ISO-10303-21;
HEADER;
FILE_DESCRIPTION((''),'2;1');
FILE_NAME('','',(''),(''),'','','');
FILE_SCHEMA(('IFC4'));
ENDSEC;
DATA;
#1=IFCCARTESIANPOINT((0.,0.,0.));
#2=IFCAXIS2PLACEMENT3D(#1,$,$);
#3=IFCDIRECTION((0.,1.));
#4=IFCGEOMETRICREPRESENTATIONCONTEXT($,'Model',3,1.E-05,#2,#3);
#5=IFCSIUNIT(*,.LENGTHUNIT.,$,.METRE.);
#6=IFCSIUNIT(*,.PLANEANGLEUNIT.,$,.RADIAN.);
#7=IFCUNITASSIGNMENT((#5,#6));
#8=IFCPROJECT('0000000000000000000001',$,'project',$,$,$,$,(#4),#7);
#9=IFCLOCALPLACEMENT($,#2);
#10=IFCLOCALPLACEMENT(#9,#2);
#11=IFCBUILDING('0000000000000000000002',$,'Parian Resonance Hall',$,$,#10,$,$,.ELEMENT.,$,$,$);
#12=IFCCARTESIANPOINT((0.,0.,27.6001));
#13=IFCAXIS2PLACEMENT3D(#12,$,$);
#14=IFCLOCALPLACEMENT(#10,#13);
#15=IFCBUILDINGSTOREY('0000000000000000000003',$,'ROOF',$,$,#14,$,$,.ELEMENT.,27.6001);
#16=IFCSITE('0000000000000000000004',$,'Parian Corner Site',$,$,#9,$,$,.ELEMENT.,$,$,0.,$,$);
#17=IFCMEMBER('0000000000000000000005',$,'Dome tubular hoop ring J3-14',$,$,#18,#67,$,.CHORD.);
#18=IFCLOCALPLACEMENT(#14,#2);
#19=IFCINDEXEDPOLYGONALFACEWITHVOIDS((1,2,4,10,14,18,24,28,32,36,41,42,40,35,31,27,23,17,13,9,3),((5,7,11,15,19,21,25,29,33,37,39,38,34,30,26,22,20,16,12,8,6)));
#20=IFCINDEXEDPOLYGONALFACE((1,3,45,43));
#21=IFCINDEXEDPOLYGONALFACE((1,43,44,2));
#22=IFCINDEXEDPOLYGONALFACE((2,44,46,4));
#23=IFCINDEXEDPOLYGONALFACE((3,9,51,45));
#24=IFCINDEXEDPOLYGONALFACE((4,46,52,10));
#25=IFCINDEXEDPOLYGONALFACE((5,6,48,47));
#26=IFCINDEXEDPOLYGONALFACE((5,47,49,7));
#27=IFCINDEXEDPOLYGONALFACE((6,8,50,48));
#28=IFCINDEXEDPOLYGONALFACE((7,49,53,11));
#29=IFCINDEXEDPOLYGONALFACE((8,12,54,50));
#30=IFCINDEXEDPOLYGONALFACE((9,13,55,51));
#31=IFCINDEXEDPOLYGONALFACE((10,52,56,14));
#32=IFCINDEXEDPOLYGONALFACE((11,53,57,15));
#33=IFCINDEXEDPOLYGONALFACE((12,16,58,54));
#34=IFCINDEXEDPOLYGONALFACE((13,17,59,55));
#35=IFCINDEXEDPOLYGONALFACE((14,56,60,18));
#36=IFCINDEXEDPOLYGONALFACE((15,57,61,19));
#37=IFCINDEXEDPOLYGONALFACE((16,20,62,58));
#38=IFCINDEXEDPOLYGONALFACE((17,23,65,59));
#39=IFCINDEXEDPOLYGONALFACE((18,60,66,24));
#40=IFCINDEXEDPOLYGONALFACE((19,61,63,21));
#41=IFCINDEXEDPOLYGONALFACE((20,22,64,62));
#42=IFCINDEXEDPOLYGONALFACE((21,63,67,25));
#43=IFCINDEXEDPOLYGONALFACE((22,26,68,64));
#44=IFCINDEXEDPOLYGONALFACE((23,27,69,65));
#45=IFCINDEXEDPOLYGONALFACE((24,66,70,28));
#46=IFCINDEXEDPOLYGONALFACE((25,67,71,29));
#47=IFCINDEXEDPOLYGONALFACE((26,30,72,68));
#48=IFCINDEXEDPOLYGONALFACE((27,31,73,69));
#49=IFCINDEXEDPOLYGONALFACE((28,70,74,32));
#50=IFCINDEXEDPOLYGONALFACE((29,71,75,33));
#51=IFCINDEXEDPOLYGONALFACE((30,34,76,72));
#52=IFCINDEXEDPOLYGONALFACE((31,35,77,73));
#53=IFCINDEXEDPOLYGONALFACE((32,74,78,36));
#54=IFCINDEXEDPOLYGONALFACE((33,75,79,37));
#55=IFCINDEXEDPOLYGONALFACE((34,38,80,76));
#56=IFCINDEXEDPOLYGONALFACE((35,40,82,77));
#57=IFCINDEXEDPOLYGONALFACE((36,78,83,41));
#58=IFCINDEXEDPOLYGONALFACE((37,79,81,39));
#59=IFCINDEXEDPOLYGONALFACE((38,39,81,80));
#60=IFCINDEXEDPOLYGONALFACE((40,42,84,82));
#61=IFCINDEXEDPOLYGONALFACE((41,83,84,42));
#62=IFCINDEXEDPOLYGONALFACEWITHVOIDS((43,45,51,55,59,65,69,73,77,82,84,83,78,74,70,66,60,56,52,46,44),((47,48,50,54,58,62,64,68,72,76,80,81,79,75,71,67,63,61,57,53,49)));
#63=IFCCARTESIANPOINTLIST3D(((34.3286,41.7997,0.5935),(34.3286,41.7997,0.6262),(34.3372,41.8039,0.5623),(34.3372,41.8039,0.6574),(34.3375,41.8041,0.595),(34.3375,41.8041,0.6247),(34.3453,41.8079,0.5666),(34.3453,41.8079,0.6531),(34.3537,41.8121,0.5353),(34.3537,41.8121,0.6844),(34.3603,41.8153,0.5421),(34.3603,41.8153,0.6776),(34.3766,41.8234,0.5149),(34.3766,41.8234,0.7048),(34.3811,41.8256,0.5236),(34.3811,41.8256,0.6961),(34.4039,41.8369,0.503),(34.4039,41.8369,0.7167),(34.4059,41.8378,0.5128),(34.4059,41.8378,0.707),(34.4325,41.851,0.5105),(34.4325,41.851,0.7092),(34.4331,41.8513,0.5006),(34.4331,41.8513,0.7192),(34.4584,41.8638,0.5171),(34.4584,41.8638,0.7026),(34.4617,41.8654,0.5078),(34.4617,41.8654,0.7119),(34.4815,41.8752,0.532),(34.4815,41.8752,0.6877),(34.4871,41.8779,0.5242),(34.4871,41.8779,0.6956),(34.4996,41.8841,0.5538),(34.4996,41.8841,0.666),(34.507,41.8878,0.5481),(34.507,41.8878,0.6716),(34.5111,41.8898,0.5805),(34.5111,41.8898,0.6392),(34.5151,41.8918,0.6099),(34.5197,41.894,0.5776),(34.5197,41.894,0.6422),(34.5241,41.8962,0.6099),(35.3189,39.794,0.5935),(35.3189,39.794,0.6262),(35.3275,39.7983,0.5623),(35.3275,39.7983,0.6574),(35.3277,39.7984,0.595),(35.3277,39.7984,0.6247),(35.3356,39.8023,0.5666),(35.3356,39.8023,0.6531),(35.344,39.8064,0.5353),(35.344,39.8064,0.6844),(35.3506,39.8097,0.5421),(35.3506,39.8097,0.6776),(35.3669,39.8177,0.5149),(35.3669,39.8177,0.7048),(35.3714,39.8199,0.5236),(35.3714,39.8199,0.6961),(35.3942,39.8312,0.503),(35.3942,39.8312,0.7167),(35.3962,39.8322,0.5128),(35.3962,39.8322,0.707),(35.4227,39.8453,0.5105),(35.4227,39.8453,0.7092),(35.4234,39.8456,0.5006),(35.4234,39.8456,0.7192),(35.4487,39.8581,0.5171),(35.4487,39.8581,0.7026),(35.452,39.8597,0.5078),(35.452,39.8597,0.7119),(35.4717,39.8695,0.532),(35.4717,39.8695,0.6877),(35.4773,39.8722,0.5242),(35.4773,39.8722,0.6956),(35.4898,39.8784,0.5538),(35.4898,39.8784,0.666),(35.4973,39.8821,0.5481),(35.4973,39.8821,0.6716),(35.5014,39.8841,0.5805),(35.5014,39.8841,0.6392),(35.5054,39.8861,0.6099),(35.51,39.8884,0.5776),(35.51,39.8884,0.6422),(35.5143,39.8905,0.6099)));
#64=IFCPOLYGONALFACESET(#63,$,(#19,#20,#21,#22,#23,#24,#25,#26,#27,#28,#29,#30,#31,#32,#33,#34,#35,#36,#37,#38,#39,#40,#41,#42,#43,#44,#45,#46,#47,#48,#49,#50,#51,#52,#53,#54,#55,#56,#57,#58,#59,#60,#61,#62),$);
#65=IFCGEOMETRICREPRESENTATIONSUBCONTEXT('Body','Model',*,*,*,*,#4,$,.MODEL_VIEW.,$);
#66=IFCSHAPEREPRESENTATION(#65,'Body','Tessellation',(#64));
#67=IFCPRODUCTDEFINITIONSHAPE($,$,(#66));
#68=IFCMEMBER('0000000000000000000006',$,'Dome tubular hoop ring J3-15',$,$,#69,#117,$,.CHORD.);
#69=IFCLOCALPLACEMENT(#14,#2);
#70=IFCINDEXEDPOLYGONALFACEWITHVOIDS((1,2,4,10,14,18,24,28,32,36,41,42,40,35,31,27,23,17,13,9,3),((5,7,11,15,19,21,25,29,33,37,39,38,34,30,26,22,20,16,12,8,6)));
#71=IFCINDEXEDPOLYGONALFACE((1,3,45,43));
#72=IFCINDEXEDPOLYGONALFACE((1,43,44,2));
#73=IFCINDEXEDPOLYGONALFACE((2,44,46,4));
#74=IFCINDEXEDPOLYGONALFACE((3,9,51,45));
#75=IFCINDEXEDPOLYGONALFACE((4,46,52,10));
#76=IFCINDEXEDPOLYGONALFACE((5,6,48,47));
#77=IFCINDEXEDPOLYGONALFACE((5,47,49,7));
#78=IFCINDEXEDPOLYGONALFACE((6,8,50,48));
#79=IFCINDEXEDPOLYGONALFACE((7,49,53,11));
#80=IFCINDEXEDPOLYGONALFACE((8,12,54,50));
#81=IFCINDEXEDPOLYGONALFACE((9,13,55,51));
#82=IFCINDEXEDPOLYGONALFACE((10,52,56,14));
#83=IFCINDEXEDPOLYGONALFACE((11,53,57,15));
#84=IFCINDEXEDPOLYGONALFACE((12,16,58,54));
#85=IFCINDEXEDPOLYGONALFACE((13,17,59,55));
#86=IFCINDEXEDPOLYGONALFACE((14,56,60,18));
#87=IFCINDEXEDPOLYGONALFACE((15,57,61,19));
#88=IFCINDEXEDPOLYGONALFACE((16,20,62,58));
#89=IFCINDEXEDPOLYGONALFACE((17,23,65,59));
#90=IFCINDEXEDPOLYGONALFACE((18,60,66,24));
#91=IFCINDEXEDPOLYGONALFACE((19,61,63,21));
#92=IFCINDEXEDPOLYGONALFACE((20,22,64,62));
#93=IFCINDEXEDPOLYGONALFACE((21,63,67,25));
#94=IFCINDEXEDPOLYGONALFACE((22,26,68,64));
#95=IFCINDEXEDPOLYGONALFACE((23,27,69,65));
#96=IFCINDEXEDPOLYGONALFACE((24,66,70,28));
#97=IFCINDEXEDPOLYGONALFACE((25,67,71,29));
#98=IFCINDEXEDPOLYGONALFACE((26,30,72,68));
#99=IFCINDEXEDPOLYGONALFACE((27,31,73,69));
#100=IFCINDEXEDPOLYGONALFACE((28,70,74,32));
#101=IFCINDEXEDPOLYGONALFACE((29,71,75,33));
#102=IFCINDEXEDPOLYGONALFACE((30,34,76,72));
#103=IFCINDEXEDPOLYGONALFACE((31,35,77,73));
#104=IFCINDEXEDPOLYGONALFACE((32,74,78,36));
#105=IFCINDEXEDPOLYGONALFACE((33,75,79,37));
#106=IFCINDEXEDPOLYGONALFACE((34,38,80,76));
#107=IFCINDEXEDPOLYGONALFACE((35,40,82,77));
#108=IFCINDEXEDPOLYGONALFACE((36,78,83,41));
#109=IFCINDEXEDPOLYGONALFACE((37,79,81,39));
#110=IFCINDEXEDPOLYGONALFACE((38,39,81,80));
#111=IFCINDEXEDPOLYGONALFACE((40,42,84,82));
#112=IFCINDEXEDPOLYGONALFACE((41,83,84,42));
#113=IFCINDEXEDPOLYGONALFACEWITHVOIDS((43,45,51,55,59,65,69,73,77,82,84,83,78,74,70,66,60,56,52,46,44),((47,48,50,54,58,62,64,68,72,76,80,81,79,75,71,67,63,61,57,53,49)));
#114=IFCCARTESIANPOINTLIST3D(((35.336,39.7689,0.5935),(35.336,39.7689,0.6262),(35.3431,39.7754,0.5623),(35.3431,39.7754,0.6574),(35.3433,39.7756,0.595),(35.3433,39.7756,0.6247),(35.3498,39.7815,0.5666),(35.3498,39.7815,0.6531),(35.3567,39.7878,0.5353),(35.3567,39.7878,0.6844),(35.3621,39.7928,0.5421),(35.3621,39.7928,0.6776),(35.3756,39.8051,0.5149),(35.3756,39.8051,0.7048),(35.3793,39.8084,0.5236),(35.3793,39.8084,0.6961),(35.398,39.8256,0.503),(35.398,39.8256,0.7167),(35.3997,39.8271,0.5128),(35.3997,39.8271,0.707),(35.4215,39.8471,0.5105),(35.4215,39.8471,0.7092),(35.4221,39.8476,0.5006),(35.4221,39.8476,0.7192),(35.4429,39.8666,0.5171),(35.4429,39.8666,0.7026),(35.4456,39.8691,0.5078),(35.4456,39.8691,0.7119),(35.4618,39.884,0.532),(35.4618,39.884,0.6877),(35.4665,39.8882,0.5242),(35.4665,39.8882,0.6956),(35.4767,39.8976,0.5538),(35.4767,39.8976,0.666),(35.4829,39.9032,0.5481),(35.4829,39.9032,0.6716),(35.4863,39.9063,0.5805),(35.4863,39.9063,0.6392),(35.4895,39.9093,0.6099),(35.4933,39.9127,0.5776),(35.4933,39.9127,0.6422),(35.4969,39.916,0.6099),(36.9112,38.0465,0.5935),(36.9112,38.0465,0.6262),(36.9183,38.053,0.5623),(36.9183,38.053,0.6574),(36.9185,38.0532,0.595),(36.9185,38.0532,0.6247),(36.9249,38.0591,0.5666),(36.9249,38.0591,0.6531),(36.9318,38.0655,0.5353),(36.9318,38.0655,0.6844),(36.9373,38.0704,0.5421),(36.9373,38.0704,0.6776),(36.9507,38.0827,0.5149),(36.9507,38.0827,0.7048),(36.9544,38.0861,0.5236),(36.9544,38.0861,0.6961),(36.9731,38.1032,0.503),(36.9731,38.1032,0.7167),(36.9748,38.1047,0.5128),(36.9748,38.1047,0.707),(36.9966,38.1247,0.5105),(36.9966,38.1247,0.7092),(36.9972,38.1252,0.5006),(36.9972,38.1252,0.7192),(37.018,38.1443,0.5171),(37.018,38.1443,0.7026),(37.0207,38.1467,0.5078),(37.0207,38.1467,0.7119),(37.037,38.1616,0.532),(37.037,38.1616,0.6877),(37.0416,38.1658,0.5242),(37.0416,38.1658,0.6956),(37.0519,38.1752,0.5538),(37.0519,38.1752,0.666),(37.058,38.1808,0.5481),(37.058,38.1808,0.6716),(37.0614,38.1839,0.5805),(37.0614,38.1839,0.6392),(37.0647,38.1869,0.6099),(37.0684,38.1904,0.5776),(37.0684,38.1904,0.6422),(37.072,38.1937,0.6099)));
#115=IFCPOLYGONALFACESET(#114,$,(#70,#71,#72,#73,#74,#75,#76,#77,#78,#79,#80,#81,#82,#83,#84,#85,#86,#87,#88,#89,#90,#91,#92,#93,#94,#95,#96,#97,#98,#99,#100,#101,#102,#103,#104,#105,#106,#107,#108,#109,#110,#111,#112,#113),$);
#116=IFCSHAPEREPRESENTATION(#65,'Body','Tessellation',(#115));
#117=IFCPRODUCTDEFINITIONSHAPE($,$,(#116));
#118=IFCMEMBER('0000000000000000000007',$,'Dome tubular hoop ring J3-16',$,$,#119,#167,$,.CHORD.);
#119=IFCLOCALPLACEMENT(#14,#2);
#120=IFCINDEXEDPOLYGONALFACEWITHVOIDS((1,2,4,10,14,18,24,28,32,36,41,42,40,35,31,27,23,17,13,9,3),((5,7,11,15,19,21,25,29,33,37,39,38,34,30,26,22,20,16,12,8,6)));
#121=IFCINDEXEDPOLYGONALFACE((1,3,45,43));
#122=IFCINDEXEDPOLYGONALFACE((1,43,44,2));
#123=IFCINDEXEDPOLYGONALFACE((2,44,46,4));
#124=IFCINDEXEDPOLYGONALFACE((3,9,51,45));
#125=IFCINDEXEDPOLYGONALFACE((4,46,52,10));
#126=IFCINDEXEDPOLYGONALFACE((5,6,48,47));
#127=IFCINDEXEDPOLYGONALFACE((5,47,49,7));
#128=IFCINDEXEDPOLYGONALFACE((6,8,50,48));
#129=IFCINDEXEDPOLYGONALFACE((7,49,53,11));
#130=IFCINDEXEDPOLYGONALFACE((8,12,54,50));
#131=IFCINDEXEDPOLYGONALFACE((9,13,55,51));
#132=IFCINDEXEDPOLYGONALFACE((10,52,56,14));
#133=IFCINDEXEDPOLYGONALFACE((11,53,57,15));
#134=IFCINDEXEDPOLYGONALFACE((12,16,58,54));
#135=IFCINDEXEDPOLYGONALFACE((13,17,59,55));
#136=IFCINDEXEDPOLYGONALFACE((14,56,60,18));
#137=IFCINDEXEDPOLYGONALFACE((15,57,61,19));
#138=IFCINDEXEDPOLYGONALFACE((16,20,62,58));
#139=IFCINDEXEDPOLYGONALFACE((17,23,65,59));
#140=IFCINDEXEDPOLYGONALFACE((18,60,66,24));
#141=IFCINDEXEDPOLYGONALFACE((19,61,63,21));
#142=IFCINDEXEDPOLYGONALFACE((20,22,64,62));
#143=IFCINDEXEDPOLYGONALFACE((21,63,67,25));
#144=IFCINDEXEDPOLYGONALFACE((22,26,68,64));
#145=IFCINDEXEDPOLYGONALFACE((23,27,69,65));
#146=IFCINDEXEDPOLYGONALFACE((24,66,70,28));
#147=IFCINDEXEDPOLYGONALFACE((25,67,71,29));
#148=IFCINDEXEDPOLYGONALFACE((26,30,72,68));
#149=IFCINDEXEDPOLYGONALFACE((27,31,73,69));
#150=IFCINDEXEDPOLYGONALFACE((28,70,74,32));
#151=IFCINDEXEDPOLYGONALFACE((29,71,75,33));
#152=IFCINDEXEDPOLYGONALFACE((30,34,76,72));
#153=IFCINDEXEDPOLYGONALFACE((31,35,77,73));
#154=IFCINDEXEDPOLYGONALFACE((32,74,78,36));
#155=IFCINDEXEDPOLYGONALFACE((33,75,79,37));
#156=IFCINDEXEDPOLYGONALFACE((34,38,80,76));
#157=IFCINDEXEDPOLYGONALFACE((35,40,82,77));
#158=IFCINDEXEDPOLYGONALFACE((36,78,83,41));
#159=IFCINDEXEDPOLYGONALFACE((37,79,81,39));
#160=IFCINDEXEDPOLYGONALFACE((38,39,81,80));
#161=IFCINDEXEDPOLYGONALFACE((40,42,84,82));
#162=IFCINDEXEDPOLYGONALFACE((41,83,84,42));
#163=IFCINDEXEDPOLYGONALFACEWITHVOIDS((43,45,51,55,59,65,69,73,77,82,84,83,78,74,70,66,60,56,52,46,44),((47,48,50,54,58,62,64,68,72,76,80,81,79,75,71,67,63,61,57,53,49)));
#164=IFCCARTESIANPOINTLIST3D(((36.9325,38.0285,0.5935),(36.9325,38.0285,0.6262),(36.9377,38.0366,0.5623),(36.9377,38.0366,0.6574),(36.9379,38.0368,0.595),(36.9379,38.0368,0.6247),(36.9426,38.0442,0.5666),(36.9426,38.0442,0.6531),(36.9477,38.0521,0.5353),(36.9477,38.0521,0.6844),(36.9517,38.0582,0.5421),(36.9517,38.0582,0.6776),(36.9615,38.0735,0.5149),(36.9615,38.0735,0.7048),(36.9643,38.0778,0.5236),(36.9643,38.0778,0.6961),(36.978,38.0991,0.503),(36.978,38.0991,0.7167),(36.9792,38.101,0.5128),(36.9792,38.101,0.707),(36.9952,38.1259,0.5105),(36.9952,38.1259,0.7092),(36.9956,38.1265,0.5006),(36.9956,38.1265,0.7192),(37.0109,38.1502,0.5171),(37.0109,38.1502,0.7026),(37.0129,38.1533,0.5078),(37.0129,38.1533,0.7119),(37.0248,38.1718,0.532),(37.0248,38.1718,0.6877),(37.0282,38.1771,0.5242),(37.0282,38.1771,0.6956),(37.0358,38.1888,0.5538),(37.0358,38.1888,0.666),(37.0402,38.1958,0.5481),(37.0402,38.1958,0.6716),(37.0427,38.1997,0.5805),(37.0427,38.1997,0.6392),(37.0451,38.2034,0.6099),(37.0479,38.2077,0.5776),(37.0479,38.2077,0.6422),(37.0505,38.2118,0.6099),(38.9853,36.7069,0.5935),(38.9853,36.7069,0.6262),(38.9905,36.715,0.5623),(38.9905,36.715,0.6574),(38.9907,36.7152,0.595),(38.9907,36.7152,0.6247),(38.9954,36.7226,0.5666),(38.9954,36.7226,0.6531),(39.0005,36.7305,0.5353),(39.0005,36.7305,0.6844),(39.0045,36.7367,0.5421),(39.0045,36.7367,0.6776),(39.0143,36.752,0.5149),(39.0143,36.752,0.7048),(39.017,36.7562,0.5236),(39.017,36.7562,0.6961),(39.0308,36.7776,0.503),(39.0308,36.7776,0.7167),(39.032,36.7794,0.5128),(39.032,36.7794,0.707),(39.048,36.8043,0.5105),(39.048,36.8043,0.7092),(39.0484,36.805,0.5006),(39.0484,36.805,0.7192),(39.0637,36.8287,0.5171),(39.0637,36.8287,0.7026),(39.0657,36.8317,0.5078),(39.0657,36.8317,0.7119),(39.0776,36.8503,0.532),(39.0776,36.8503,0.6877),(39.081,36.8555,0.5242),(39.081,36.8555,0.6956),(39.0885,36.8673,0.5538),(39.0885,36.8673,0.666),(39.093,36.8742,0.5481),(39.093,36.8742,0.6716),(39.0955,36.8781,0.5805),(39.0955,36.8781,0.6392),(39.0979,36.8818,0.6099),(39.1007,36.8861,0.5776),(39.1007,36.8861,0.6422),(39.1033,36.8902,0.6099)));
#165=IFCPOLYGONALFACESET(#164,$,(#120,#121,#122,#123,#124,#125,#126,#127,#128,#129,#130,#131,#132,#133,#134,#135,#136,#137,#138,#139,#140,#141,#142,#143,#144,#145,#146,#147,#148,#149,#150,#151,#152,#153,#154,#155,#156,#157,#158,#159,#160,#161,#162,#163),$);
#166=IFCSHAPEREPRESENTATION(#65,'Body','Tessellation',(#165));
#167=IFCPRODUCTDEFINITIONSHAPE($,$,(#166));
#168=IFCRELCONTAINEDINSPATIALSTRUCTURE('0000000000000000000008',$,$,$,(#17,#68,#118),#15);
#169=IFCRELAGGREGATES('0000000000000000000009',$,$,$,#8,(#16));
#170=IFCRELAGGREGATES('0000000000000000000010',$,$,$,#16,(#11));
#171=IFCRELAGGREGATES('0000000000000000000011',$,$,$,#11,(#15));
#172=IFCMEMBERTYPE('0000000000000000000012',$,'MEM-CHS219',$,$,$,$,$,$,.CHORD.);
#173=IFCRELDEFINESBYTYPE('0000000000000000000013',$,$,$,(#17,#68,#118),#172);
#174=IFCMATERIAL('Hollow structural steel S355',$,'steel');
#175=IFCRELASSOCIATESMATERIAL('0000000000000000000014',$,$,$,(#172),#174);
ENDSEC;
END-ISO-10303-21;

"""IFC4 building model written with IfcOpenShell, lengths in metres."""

from ifc_helpers import new_model, si_unit, direction, frame, origin, origin_2d, place, context, subcontext, project, spatial, hollow_circle, extrude, material, material_profile, profile_set, type_object, element, save


model = new_model("IFC4")

# Units and contexts
model_context = context("Model", 3, precision=1e-05, world=origin(), true_north=direction((0.0, 1.0)))
body_context = subcontext(model_context, "Body", "Model", "MODEL_VIEW")
ifc_project = project(units=[si_unit("LENGTHUNIT", "METRE"), si_unit("PLANEANGLEUNIT", "RADIAN")], contexts=[model_context])

# Site, building, storey
site_placement = place(None, origin())
site = spatial("IfcSite", under=ifc_project, at=site_placement, Name="Parian Corner Site", CompositionType="ELEMENT", RefElevation=0.0)
building_placement = place(site_placement, origin())
building = spatial("IfcBuilding", under=site, at=building_placement, Name="Parian Resonance Hall", CompositionType="ELEMENT")
storey_placement = place(building_placement, frame((0.0, 0.0, 27.6001)))
storey = spatial("IfcBuildingStorey", under=building, at=storey_placement, Name="ROOF", CompositionType="ELEMENT", Elevation=27.6001)

# Members
ifc_material_1 = material(Name="Hollow structural steel S355", Category="steel")
ifc_material_profile_1 = material_profile(ifc_material_1, hollow_circle(Radius=0.1096, WallThickness=0.01, at=origin_2d()), Name="CHS219.1x10")
ifc_profile_set_1 = profile_set([ifc_material_profile_1], Name="Hollow structural steel S355")
member_type_1 = type_object("IfcMemberType", Name="MEM-CHS219", PredefinedType="CHORD", material=ifc_profile_set_1)
member_1_placement = place(storey_placement, frame((34.4258, 41.8477, 0.6099), z_axis=(0.442711, -0.896664, 0.0), x_axis=(0.896664, 0.442711, 0.0)))
element("IfcMember", 1, at=member_1_placement, inside=storey, type_object=member_type_1, Name="Dome tubular hoop ring J3-14", PredefinedType="CHORD", context=body_context, shape_type="SweptSolid", body=[
    extrude(hollow_circle(Radius=0.1096, WallThickness=0.01, at=origin_2d()), origin(), (0.0, 0.0, 1.0), 2.2368),
])
member_2_placement = place(storey_placement, frame((35.416, 39.842, 0.6099), z_axis=(0.674867, -0.73794, 0.0), x_axis=(0.73794, 0.674867, 0.0)))
element("IfcMember", 2, at=member_2_placement, inside=storey, type_object=member_type_1, Name="Dome tubular hoop ring J3-15", PredefinedType="CHORD", context=body_context, shape_type="SweptSolid", body=[
    extrude(hollow_circle(Radius=0.1096, WallThickness=0.01, at=origin_2d()), origin(), (0.0, 0.0, 1.0), 2.334),
])
member_3_placement = place(storey_placement, frame((36.9912, 38.1196, 0.6099), z_axis=(0.840821, -0.541313, 0.0), x_axis=(0.541313, 0.840821, 0.0)))
element("IfcMember", 3, at=member_3_placement, inside=storey, type_object=member_type_1, Name="Dome tubular hoop ring J3-16", PredefinedType="CHORD", context=body_context, shape_type="SweptSolid", body=[
    extrude(hollow_circle(Radius=0.1096, WallThickness=0.01, at=origin_2d()), origin(), (0.0, 0.0, 1.0), 2.4414),
])

save(model, "model.ifc")
